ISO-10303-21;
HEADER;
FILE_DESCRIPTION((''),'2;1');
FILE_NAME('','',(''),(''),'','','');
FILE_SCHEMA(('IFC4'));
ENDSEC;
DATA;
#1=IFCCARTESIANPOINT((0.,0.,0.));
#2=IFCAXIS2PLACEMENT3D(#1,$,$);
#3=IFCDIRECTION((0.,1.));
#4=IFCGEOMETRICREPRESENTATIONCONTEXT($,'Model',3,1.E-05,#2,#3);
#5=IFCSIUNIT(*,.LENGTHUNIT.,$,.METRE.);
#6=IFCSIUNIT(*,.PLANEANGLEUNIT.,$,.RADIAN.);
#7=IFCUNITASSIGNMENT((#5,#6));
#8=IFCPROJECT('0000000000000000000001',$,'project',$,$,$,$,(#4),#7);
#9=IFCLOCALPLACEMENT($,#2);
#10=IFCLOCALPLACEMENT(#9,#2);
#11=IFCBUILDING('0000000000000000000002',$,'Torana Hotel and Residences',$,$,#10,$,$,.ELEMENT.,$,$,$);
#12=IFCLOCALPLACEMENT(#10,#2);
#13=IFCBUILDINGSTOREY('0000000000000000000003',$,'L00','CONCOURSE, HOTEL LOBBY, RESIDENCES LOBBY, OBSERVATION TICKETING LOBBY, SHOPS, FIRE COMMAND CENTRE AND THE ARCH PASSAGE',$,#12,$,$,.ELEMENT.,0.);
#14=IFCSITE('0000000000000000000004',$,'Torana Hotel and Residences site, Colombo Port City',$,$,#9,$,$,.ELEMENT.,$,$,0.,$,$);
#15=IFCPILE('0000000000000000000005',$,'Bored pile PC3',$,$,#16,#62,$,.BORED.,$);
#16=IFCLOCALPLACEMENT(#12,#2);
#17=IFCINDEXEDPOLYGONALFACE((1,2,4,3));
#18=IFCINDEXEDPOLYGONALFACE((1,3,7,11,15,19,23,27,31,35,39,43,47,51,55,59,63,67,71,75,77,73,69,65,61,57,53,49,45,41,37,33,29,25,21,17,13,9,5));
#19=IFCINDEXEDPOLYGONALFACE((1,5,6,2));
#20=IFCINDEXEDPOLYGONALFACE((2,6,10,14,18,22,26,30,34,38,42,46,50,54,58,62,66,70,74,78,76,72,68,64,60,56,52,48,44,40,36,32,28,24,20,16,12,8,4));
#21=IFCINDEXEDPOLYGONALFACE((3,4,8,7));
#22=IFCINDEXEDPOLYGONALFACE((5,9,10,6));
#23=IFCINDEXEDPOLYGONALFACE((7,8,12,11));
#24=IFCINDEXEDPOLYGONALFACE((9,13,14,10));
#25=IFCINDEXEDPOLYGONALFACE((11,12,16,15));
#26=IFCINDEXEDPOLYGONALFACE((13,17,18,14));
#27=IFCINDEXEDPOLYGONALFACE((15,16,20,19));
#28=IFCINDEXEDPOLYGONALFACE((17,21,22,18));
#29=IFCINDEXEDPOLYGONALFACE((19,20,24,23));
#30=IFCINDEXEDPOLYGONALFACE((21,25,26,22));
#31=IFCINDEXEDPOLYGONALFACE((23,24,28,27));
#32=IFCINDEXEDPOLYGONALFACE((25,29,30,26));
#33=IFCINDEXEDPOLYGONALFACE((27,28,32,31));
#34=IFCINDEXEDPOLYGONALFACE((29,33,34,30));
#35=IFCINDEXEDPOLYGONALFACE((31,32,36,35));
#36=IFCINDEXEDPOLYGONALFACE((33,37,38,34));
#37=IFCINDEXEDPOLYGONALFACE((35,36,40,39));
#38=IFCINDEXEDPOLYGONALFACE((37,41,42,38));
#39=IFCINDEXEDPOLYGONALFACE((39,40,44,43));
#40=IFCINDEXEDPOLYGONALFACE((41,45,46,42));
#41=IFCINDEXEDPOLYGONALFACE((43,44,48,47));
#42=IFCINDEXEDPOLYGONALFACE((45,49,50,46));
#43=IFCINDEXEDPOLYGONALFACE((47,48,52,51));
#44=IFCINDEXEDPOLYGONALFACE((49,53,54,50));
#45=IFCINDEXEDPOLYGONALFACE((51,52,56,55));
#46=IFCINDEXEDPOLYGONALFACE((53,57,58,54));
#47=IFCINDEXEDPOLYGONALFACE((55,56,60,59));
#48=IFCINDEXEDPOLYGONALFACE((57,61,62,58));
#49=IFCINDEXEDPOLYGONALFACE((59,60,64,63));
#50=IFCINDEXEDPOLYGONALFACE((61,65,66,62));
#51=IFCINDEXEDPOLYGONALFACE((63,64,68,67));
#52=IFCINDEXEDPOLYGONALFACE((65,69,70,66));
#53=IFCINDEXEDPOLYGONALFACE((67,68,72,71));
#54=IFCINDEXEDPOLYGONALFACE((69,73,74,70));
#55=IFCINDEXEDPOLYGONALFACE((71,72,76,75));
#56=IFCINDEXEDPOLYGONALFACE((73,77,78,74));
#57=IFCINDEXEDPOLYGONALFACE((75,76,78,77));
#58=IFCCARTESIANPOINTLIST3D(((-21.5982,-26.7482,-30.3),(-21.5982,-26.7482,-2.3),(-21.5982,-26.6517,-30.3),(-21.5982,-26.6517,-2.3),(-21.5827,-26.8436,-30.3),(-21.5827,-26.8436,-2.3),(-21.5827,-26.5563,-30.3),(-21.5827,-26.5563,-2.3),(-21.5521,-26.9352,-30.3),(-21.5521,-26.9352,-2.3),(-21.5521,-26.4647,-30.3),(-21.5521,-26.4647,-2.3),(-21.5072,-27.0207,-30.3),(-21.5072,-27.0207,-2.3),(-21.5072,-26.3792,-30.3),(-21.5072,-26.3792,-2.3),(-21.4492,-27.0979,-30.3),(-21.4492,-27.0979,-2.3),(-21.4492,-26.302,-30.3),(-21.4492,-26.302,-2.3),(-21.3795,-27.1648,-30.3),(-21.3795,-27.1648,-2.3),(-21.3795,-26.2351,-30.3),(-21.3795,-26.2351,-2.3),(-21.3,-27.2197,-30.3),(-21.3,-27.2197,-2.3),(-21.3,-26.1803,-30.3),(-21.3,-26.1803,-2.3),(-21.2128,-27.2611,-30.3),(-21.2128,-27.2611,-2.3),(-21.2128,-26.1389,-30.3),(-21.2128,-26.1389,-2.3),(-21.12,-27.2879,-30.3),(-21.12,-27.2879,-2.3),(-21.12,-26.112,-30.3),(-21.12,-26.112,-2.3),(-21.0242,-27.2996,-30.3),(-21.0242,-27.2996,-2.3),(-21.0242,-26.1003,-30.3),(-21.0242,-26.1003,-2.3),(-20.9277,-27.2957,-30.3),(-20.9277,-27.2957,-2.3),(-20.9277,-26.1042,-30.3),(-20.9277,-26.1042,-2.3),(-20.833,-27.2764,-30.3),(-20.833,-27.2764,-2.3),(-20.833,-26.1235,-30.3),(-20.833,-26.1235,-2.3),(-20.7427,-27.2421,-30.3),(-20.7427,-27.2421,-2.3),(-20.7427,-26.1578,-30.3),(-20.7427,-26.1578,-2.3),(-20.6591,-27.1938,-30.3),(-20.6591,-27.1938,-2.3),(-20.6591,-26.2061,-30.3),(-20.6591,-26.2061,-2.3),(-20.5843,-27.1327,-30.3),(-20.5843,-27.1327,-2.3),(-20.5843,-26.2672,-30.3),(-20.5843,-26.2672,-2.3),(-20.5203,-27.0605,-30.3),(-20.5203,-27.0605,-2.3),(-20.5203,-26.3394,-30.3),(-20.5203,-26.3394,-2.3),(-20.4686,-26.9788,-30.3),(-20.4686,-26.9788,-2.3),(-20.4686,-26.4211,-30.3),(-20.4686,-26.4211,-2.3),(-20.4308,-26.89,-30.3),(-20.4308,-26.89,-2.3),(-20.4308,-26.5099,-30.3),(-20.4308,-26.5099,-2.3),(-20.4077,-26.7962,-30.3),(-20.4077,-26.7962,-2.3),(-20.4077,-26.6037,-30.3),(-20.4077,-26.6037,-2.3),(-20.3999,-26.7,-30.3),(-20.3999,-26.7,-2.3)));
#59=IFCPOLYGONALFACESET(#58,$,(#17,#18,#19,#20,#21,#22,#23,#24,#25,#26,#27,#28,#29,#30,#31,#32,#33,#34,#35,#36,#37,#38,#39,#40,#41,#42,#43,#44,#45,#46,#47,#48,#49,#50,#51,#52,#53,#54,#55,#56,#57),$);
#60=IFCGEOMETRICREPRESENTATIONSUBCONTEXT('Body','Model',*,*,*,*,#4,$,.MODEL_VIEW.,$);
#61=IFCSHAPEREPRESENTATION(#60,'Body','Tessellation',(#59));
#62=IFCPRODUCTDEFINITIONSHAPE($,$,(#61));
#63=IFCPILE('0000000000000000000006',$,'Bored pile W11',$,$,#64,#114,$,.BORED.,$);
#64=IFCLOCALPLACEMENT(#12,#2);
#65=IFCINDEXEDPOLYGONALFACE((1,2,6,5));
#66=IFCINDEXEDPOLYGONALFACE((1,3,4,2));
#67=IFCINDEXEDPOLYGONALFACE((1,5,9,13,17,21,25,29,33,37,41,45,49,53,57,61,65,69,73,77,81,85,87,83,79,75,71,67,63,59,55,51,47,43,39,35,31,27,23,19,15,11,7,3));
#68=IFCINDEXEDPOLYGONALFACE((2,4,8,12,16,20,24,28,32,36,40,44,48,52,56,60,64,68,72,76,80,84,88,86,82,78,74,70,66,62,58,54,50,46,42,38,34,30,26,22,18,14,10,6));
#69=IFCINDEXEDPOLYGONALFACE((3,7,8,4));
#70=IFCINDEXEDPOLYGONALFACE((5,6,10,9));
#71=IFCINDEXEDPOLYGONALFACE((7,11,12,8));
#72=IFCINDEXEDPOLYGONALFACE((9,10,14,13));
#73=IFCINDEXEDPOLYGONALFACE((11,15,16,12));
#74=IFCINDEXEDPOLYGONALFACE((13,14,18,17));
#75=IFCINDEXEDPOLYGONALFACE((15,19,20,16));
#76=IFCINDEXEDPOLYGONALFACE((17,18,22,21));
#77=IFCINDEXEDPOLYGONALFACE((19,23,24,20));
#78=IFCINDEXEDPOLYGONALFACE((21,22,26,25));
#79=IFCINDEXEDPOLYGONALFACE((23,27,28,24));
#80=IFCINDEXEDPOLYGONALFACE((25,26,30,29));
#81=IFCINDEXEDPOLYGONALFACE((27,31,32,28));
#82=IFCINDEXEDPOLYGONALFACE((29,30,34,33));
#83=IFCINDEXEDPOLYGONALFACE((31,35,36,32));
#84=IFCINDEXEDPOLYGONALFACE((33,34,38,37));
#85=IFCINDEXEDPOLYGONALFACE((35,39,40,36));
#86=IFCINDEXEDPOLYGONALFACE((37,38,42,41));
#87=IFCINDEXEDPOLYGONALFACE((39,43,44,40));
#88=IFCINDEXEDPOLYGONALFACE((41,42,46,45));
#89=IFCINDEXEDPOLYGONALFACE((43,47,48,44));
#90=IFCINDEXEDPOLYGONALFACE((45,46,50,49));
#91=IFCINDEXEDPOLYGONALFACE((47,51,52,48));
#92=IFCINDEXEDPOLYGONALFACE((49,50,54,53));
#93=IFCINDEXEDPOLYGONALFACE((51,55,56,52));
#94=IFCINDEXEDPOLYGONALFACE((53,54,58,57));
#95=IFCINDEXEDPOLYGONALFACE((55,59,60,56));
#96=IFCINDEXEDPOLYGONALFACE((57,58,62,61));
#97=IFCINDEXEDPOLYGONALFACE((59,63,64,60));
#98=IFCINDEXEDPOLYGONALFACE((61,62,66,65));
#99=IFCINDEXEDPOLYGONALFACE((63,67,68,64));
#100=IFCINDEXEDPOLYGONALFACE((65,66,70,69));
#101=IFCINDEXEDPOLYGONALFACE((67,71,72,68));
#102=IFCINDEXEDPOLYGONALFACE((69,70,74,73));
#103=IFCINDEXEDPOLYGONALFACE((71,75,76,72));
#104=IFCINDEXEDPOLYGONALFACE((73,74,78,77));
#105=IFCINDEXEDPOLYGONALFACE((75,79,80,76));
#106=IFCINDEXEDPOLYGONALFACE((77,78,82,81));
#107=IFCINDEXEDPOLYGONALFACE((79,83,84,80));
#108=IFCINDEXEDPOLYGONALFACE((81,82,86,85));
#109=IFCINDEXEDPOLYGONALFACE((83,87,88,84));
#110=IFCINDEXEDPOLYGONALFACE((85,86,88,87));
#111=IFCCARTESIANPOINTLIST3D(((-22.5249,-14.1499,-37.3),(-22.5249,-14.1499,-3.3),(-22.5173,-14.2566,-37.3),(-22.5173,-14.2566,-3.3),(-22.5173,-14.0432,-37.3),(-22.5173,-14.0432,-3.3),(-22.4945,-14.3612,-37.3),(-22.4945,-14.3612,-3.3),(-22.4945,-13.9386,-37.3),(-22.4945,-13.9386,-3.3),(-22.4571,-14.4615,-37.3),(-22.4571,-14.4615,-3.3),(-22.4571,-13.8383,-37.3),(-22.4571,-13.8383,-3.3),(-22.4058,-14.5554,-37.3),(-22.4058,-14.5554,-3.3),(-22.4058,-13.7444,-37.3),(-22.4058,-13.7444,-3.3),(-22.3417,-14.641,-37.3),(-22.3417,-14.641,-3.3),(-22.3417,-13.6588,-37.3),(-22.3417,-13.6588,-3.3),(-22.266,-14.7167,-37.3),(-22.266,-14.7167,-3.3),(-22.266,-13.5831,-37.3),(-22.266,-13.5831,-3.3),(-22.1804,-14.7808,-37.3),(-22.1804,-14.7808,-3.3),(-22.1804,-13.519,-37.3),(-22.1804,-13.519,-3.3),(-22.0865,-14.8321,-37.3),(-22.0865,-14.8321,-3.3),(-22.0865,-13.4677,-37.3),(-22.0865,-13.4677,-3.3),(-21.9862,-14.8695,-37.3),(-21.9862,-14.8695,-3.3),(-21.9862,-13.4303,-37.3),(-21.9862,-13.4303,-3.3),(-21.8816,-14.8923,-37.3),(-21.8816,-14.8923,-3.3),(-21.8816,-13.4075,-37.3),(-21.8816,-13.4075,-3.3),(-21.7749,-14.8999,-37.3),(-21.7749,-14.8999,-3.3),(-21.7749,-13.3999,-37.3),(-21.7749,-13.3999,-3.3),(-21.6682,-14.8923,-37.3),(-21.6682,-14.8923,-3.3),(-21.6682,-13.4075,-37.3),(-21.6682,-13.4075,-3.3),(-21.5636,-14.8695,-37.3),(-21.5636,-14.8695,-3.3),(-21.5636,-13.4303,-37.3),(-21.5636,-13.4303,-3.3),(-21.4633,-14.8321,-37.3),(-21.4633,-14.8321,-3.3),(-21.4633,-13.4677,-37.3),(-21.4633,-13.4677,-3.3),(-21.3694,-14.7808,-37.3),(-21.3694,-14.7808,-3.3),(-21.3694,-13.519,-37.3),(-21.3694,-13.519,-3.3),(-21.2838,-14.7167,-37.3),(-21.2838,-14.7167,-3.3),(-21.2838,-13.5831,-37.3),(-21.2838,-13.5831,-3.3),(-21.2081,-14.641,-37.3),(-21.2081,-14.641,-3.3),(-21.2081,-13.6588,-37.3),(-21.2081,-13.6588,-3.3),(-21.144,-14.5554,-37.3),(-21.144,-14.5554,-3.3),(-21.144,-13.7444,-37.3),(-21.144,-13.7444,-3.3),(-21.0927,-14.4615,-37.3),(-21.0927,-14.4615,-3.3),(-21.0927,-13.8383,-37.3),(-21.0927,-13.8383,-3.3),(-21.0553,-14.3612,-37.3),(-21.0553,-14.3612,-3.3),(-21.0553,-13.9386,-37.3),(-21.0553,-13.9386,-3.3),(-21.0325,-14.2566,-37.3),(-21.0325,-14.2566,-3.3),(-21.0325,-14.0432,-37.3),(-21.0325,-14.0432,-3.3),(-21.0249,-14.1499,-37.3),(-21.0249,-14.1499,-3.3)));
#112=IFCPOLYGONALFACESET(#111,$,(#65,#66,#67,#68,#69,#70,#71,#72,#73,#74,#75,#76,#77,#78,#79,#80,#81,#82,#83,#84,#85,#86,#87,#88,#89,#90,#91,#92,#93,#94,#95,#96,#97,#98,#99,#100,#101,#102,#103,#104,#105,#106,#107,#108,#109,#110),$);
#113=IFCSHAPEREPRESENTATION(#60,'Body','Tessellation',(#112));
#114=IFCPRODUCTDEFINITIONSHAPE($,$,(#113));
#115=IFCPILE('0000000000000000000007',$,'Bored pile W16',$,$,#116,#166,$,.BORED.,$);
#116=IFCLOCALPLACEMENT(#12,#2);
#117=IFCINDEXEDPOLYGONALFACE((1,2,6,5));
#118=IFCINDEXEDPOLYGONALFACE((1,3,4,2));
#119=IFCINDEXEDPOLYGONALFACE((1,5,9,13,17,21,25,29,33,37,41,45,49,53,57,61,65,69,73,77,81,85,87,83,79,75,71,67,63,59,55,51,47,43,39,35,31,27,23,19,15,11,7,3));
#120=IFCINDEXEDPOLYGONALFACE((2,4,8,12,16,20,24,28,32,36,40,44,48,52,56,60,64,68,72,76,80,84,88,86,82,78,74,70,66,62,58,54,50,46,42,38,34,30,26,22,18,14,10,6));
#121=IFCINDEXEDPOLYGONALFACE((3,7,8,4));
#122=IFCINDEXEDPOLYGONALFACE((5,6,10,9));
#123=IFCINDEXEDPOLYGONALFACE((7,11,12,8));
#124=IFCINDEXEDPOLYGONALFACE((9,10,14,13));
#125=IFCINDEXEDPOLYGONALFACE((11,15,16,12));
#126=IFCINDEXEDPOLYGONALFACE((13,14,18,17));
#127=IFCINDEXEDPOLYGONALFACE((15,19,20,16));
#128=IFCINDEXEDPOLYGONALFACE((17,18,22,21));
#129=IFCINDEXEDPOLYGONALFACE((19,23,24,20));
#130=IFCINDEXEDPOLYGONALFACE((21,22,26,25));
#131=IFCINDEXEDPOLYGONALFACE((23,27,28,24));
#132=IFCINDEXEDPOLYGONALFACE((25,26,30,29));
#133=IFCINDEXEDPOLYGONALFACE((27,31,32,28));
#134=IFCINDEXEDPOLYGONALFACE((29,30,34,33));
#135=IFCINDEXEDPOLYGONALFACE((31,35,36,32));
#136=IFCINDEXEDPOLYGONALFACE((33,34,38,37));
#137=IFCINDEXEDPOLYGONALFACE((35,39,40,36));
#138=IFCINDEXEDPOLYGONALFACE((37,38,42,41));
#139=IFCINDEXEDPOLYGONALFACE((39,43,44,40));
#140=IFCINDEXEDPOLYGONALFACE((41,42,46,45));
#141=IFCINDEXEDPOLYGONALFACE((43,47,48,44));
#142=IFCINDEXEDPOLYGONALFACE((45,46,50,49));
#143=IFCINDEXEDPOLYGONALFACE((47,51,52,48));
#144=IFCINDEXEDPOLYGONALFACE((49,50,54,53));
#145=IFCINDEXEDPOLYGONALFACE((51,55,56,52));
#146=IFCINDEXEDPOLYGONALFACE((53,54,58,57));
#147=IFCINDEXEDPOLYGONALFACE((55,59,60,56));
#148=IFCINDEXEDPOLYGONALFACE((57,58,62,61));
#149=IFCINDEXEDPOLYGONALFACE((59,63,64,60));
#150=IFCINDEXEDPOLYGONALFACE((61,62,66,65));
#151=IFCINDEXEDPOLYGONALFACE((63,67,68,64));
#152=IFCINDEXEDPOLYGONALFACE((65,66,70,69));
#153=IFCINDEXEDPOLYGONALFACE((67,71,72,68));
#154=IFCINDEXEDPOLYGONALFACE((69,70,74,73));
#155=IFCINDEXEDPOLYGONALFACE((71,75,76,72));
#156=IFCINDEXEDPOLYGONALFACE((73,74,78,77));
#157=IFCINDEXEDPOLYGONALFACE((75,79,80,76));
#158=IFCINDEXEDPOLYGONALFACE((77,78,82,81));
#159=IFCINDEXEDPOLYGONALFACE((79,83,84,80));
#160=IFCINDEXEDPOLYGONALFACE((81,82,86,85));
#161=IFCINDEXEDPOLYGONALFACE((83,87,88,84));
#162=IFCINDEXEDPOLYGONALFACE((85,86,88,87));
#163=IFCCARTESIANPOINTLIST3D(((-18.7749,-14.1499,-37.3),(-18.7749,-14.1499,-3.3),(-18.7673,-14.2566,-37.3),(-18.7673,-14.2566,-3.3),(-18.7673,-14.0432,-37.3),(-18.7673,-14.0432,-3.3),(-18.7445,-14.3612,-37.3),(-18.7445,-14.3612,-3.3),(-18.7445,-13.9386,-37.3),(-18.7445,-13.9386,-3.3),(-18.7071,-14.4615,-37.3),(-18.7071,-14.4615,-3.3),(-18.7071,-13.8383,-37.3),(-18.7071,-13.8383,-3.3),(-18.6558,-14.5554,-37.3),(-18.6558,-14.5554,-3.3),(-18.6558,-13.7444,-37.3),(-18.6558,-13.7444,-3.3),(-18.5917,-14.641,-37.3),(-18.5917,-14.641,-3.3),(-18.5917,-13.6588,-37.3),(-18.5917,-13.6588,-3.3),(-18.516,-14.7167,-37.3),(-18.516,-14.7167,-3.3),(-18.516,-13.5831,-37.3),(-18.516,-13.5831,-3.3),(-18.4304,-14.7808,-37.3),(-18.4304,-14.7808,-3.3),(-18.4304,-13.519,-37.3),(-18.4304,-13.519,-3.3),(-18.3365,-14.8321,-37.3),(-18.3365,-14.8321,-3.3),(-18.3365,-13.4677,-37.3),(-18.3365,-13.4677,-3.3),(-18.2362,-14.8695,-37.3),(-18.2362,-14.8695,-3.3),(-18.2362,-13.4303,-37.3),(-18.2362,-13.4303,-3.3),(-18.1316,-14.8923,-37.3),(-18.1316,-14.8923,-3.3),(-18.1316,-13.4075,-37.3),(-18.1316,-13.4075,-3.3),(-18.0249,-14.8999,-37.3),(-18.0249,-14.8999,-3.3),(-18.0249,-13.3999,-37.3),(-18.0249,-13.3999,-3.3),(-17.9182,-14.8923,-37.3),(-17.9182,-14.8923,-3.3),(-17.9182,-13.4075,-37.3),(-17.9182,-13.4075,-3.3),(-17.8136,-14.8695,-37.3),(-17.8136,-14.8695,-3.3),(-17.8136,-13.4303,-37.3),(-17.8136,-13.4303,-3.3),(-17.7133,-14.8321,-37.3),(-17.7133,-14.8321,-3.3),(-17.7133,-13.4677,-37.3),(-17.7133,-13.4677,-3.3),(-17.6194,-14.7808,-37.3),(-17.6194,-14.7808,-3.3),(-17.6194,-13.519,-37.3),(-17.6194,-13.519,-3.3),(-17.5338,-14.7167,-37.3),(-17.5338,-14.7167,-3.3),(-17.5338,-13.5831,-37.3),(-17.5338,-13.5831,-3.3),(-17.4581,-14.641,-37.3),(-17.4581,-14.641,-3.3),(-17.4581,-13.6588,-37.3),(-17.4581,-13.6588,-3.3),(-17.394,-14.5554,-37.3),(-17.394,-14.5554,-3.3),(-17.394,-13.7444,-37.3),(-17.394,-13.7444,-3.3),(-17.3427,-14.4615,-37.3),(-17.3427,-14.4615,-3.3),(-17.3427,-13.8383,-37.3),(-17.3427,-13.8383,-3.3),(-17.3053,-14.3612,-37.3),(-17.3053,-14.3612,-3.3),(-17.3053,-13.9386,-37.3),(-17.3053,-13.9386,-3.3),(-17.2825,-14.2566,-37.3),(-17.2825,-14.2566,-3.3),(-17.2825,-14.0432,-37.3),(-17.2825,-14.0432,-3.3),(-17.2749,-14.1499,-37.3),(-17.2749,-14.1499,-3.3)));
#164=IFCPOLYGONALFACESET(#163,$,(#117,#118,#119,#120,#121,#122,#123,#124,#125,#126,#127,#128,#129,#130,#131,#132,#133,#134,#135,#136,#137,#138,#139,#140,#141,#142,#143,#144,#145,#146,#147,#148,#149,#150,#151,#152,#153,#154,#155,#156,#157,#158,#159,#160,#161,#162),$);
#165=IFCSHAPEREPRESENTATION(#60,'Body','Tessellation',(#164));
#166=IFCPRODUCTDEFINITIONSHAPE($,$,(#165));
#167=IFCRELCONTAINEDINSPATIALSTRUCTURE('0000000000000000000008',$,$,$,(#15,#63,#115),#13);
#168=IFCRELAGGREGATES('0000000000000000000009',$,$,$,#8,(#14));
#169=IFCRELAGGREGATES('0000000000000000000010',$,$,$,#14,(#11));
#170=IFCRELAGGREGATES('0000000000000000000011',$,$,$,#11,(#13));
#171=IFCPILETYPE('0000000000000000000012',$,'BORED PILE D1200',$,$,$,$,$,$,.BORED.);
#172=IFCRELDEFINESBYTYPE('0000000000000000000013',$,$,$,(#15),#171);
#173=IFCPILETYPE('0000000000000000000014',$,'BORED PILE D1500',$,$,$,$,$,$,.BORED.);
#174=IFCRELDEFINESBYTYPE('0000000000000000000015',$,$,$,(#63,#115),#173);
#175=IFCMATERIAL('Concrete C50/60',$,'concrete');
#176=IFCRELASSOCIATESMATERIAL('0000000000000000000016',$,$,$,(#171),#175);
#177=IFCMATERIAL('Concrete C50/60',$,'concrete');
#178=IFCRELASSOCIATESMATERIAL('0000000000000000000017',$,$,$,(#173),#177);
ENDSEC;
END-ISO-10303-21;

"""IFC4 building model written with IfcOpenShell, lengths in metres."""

from ifc_helpers import new_model, si_unit, direction, frame, origin, origin_2d, place, context, subcontext, project, spatial, circle, extrude, material, type_object, element, save


model = new_model("IFC4")

# Units and contexts
model_context = context("Model", 3, precision=1e-05, world=origin(), true_north=direction((0.0, 1.0)))
body_context = subcontext(model_context, "Body", "Model", "MODEL_VIEW")
ifc_project = project(units=[si_unit("LENGTHUNIT", "METRE"), si_unit("PLANEANGLEUNIT", "RADIAN")], contexts=[model_context])

# Site, building, storey
site_placement = place(None, origin())
site = spatial("IfcSite", under=ifc_project, at=site_placement, Name="Torana Hotel and Residences site, Colombo Port City", CompositionType="ELEMENT", RefElevation=0.0)
building_placement = place(site_placement, origin())
building = spatial("IfcBuilding", under=site, at=building_placement, Name="Torana Hotel and Residences", CompositionType="ELEMENT")
storey_placement = place(building_placement, origin())
storey = spatial("IfcBuildingStorey", under=building, at=storey_placement, Name="L00", Description="CONCOURSE, HOTEL LOBBY, RESIDENCES LOBBY, OBSERVATION TICKETING LOBBY, SHOPS, FIRE COMMAND CENTRE AND THE ARCH PASSAGE", CompositionType="ELEMENT", Elevation=0.0)

# Piles
ifc_material_1 = material(Name="Concrete C50/60", Category="concrete")
pile_type_1 = type_object("IfcPileType", Name="BORED PILE D1200", PredefinedType="BORED", material=ifc_material_1)
pile_placement = place(storey_placement, frame((-21.0, -26.7, -2.3), z_axis=(0.0, 0.0, -1.0), x_axis=(1.0, 0.0, 0.0)))
element("IfcPile", 1, at=pile_placement, inside=storey, type_object=pile_type_1, Name="Bored pile PC3", PredefinedType="BORED", context=body_context, shape_type="SweptSolid", body=[
    extrude(circle(Radius=0.6001, at=origin_2d()), origin(), (0.0, 0.0, 1.0), 28.0),
])
ifc_material_2 = material(Name="Concrete C50/60", Category="concrete")
pile_type_2 = type_object("IfcPileType", Name="BORED PILE D1500", PredefinedType="BORED", material=ifc_material_2)
for number, where, z_axis, x_axis, name in (
    (2, (-21.7749, -14.1499, -3.3), (0.0, 0.0, -1.0), (1.0, 0.0, 0.0), "Bored pile W11"),
    (3, (-18.0249, -14.1499, -3.3), (0.0, 0.0, -1.0), (1.0, 0.0, 0.0), "Bored pile W16"),
):
    element("IfcPile", number, at=place(storey_placement, frame(where, z_axis=z_axis, x_axis=x_axis)), inside=storey, type_object=pile_type_2, Name=name, PredefinedType="BORED", context=body_context, shape_type="SweptSolid", body=[
        extrude(circle(Radius=0.75, at=origin_2d()), origin(), (0.0, 0.0, 1.0), 34.0),
    ])

save(model, "model.ifc")
